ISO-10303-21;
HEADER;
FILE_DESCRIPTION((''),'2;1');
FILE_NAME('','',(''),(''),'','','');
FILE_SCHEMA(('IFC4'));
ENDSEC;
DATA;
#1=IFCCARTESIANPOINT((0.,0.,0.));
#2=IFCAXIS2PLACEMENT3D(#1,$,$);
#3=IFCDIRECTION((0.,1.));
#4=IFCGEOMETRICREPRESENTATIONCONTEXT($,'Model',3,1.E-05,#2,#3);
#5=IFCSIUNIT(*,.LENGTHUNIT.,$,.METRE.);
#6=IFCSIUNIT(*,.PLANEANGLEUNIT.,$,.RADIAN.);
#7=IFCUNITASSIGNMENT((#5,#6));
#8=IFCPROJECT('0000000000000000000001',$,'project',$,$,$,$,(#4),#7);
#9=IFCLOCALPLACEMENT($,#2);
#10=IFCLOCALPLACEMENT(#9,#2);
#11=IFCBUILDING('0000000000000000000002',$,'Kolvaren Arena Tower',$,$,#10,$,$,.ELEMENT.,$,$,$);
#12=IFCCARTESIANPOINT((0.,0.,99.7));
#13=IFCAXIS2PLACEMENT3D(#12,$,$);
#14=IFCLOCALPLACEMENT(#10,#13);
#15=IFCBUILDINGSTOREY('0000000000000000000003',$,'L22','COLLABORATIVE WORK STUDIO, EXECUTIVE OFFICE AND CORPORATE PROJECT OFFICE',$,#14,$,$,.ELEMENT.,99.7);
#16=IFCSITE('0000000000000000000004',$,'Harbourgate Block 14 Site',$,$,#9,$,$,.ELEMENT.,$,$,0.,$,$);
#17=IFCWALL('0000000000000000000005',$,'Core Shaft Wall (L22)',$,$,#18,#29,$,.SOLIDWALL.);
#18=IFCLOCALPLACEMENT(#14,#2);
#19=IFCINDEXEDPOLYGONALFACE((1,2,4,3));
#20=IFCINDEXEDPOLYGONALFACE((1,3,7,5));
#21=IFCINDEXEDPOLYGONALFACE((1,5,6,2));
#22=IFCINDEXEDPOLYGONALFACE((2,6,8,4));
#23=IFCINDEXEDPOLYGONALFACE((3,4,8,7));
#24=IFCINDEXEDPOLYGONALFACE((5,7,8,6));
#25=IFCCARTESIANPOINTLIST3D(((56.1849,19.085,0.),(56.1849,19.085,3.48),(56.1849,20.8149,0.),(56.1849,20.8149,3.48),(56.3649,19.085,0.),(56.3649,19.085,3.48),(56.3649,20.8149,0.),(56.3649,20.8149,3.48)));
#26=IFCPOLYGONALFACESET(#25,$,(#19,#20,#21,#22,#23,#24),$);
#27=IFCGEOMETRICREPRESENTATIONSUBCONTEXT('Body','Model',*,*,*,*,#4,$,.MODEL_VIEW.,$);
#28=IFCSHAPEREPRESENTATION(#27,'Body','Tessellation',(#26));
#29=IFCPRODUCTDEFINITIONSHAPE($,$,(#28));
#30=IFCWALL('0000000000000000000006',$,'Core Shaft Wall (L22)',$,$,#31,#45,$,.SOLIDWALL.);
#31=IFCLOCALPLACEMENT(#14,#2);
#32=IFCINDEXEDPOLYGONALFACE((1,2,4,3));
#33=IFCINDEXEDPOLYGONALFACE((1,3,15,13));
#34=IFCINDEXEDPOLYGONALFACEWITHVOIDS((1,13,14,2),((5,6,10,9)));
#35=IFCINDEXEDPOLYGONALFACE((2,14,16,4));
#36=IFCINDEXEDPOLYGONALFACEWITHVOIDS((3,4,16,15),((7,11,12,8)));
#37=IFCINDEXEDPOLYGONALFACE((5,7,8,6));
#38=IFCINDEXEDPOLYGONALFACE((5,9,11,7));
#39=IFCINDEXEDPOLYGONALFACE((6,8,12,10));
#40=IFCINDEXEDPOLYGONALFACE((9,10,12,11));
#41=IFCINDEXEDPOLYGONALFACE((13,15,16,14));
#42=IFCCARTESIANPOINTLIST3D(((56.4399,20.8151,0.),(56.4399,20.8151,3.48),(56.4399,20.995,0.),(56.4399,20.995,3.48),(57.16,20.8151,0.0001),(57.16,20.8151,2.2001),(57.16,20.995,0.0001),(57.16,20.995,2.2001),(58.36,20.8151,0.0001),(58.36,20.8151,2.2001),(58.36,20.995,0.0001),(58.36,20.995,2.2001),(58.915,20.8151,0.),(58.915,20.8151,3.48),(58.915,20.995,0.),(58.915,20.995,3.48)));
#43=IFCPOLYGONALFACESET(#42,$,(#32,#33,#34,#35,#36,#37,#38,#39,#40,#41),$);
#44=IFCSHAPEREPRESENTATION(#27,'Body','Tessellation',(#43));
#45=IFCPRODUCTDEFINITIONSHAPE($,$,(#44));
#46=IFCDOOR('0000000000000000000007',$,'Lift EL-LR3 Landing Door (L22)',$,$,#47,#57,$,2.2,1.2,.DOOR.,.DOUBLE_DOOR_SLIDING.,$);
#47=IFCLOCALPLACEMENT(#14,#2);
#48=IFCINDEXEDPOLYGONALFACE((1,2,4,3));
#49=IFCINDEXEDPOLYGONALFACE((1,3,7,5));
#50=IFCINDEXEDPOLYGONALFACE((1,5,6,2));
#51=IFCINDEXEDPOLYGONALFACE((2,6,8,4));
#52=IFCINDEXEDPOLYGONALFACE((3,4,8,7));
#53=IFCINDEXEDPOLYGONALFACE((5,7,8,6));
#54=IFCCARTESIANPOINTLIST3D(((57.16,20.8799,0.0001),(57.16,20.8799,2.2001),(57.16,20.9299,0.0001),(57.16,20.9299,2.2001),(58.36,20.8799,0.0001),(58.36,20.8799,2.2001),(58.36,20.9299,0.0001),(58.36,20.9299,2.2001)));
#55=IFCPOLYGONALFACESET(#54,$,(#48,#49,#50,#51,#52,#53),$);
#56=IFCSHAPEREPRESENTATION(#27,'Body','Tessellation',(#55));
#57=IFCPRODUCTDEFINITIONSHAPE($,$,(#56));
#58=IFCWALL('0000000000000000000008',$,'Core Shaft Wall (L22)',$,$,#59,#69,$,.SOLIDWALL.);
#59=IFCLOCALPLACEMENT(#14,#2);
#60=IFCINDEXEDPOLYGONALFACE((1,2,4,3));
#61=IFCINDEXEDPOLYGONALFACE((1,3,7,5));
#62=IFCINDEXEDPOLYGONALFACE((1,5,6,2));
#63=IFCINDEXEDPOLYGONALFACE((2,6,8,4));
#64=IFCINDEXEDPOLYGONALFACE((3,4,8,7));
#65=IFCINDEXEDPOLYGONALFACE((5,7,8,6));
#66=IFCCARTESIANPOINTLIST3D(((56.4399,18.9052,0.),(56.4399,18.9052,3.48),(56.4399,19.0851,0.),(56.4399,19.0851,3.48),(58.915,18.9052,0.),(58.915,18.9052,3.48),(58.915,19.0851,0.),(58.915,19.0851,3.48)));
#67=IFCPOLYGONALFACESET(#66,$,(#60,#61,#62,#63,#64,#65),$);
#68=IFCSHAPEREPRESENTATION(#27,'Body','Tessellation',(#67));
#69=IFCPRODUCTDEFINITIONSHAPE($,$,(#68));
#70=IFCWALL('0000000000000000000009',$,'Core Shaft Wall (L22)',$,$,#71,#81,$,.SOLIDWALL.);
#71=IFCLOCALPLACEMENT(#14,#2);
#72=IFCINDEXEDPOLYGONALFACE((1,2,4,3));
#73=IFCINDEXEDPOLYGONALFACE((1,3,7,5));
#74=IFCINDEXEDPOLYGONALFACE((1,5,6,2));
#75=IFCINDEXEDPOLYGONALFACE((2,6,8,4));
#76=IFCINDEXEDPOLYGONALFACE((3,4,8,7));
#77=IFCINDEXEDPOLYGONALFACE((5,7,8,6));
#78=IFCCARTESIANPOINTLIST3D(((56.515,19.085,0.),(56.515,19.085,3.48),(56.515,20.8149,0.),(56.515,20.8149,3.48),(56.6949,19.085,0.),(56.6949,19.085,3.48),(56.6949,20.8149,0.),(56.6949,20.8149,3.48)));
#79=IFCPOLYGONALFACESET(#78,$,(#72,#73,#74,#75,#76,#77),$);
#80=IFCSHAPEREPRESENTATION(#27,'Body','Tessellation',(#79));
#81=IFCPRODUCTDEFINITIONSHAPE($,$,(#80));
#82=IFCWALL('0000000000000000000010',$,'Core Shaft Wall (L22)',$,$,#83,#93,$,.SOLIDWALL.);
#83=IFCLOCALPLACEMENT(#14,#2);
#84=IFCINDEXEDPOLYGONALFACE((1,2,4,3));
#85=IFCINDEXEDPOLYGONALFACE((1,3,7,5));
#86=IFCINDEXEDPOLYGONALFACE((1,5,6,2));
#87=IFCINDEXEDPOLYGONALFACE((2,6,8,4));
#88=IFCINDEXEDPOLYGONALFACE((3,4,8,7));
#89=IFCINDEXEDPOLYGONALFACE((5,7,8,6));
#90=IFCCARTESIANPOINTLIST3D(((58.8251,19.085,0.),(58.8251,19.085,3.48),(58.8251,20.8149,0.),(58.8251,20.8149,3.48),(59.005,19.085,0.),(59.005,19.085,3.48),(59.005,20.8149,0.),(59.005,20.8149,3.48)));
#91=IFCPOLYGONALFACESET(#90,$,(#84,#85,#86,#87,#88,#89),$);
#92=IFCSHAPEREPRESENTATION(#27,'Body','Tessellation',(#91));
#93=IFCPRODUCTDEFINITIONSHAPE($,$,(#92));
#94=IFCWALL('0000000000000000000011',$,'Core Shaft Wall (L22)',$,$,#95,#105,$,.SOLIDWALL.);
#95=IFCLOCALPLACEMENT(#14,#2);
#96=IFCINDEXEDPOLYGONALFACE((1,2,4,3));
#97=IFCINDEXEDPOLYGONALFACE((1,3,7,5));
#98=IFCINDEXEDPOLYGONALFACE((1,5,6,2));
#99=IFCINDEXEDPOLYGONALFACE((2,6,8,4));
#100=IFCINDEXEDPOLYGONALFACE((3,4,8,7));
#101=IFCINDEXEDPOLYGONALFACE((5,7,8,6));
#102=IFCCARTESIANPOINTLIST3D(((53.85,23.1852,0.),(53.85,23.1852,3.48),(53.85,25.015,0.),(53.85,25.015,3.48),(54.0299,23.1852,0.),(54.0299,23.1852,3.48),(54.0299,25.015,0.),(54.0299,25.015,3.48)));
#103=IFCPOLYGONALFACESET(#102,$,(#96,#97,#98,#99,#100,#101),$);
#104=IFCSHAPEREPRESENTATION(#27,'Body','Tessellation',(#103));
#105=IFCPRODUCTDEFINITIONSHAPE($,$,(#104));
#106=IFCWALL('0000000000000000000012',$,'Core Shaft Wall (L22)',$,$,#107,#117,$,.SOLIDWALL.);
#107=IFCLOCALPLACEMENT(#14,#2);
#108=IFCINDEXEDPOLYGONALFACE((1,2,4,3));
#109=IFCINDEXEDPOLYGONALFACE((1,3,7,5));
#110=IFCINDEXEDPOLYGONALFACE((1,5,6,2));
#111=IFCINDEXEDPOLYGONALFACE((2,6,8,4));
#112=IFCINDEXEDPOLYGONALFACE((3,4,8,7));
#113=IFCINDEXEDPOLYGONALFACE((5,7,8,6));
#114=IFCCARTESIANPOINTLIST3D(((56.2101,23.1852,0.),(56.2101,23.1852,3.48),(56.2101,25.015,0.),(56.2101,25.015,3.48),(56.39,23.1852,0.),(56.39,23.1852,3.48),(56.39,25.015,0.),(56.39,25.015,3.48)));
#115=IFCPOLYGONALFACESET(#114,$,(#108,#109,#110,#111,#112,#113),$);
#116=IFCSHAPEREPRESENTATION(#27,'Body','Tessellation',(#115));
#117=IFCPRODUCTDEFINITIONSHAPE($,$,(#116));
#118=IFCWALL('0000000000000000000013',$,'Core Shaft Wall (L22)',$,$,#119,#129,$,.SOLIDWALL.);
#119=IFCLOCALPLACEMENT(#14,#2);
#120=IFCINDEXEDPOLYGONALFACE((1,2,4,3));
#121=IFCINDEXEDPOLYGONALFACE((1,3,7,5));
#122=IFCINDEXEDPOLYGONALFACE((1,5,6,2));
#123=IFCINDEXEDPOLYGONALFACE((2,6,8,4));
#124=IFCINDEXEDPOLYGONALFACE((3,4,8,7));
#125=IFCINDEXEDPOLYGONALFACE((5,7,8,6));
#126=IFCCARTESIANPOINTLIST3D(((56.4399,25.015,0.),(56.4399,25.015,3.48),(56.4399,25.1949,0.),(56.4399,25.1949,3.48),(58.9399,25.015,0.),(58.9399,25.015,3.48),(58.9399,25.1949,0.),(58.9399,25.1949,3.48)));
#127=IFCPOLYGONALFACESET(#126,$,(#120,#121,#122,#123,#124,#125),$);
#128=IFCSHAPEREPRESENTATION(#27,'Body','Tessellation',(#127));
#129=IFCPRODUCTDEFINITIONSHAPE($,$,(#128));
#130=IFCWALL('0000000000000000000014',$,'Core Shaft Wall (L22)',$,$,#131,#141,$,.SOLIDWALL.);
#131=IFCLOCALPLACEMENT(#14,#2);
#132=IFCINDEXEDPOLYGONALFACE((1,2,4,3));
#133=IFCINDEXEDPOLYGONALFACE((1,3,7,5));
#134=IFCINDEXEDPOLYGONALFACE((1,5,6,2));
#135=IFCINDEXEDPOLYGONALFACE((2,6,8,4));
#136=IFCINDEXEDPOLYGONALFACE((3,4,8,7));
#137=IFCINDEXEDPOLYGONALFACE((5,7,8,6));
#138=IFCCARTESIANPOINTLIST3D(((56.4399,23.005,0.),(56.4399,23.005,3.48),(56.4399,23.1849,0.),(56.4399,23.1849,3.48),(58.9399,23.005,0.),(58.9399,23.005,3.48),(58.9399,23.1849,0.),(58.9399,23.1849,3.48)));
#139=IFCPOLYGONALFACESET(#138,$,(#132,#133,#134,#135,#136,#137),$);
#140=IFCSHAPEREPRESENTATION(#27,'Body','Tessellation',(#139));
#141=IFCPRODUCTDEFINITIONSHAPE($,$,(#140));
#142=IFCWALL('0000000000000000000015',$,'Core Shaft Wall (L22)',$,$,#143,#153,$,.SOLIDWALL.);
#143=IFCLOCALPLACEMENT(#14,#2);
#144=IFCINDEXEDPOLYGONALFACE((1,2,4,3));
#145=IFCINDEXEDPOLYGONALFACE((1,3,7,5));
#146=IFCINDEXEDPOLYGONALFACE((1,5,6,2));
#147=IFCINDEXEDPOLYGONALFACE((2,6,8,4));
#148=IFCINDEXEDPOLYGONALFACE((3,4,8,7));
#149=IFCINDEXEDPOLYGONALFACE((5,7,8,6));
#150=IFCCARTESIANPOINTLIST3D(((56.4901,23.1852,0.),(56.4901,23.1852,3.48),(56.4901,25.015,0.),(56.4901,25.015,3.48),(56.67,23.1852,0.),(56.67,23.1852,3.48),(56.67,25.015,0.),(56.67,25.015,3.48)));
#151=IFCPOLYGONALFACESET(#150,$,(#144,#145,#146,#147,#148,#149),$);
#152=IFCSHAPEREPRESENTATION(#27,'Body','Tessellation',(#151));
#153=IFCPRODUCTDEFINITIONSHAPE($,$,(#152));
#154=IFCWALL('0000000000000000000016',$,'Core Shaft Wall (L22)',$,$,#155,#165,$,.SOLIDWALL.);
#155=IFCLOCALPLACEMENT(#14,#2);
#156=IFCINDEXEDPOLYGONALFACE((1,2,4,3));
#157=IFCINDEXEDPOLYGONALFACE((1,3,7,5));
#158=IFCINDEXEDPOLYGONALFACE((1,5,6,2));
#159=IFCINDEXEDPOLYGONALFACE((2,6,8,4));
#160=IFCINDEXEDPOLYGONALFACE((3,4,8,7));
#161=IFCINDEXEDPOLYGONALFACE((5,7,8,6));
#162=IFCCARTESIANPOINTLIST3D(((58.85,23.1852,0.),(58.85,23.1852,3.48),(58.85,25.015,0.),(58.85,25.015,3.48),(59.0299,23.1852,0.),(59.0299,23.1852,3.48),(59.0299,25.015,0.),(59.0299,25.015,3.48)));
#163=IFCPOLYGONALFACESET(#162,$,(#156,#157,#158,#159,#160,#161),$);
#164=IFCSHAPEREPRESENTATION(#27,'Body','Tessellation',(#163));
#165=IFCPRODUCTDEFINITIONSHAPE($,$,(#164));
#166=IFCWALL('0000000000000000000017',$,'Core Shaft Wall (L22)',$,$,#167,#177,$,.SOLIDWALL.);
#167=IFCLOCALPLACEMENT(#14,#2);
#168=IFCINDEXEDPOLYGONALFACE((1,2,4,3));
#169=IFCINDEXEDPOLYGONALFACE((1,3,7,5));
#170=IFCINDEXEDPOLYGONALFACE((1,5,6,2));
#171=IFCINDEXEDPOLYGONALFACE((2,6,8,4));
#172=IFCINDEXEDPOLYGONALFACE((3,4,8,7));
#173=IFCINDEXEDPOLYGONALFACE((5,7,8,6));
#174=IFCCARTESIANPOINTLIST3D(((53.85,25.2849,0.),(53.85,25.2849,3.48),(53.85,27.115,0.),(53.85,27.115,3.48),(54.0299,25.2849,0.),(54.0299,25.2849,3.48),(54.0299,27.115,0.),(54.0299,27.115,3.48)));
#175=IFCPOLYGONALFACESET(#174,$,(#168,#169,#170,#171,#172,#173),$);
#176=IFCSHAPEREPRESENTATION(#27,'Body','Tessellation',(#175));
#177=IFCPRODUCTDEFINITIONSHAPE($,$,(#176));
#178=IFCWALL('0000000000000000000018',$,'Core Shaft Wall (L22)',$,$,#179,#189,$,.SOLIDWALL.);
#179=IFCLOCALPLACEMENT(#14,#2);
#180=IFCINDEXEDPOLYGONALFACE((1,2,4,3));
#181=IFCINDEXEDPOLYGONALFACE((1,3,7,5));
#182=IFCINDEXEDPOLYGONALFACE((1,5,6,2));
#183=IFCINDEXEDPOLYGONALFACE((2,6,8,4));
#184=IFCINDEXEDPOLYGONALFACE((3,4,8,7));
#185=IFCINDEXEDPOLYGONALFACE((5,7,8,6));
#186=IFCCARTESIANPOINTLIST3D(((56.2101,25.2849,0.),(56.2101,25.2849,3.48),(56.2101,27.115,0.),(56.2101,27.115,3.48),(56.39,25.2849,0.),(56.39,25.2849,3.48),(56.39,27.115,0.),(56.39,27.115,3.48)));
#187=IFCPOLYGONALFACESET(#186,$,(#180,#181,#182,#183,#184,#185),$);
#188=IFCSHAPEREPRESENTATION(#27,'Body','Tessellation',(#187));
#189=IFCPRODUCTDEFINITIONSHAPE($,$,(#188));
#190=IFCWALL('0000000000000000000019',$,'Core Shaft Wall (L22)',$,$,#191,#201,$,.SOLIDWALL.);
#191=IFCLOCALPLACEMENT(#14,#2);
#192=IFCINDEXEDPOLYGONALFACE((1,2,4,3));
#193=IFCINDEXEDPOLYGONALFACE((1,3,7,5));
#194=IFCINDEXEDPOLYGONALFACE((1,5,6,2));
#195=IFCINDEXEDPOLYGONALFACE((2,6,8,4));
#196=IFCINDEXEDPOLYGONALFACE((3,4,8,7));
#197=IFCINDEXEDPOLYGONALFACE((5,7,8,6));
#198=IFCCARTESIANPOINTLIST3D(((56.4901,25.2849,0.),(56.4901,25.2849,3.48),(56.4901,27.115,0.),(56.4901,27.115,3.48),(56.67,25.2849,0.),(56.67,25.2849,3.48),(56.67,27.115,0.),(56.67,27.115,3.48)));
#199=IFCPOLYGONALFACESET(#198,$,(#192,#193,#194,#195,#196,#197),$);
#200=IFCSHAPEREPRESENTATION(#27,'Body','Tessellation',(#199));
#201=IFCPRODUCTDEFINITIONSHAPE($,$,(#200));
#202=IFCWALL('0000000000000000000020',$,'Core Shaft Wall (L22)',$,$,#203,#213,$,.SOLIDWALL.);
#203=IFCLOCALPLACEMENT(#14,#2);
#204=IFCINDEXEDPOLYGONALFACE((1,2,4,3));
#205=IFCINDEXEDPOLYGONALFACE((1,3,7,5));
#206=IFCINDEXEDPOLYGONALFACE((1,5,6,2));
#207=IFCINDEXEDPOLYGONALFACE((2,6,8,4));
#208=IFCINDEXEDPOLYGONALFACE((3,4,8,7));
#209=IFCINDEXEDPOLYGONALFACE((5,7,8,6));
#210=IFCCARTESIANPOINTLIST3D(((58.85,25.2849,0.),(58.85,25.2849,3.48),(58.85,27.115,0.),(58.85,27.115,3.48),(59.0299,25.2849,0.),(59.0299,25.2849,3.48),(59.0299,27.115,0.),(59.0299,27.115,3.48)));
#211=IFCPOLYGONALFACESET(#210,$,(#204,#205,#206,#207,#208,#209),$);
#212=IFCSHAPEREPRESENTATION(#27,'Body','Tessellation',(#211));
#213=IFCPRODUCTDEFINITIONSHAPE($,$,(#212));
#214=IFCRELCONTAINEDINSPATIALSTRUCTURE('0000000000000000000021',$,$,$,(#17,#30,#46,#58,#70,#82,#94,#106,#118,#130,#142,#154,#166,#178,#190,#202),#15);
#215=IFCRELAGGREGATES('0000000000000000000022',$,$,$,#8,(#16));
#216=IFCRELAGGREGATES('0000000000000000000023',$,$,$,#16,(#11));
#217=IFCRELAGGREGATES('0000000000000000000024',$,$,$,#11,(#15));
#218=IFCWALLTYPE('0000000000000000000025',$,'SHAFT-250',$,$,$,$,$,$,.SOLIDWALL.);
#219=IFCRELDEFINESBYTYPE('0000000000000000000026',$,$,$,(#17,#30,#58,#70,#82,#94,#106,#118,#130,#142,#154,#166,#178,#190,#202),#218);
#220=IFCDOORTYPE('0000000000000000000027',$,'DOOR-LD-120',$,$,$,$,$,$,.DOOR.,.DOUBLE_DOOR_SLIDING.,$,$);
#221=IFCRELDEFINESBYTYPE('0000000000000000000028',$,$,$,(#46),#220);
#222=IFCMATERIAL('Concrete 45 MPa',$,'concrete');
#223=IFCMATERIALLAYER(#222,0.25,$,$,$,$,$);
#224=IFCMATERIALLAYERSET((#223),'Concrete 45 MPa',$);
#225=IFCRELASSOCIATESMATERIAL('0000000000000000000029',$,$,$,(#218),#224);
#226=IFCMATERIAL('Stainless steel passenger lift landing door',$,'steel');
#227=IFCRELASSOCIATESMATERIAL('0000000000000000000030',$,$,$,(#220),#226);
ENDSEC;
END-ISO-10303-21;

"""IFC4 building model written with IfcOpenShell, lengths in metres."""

from ifc_helpers import new_model, si_unit, direction, frame, frame_2d, origin, place, context, subcontext, project, spatial, rectangle, extrude, material, layer, layer_set, type_object, element, fill, save


model = new_model("IFC4")

# Units and contexts
model_context = context("Model", 3, precision=1e-05, world=origin(), true_north=direction((0.0, 1.0)))
body_context = subcontext(model_context, "Body", "Model", "MODEL_VIEW")
ifc_project = project(units=[si_unit("LENGTHUNIT", "METRE"), si_unit("PLANEANGLEUNIT", "RADIAN")], contexts=[model_context])

# Site, building, storey
site_placement = place(None, origin())
site = spatial("IfcSite", under=ifc_project, at=site_placement, Name="Harbourgate Block 14 Site", CompositionType="ELEMENT", RefElevation=0.0)
building_placement = place(site_placement, origin())
building = spatial("IfcBuilding", under=site, at=building_placement, Name="Kolvaren Arena Tower", CompositionType="ELEMENT")
storey_placement = place(building_placement, frame((0.0, 0.0, 99.7)))
storey = spatial("IfcBuildingStorey", under=building, at=storey_placement, Name="L22", Description="COLLABORATIVE WORK STUDIO, EXECUTIVE OFFICE AND CORPORATE PROJECT OFFICE", CompositionType="ELEMENT", Elevation=99.7)

# Shared definitions
ifc_material_1 = material(Name="Concrete 45 MPa", Category="concrete")
ifc_layer_1 = layer(ifc_material_1, 0.25)
ifc_layer_set_1 = layer_set([ifc_layer_1], Name="Concrete 45 MPa")
wall_type_1 = type_object("IfcWallType", Name="SHAFT-250", PredefinedType="SOLIDWALL", material=ifc_layer_set_1)
ifc_material_2 = material(Name="Stainless steel passenger lift landing door", Category="steel")
door_type = type_object("IfcDoorType", Name="DOOR-LD-120", OperationType="DOUBLE_DOOR_SLIDING", PredefinedType="DOOR", material=ifc_material_2)

# Wall
for number, where, z_axis, x_axis, name in (
    (1, (56.2749, 19.085, 0.0), (0.0, 0.0, 1.0), (0.0, 1.0, 0.0), "Core Shaft Wall (L22)"),
):
    element("IfcWall", number, at=place(storey_placement, frame(where, z_axis=z_axis, x_axis=x_axis)), inside=storey, type_object=wall_type_1, Name=name, PredefinedType="SOLIDWALL", context=body_context, shape_type="SweptSolid", body=[
        extrude(rectangle(XDim=1.73, YDim=0.1799, at=frame_2d((0.865, 0.0))), origin(), (0.0, 0.0, 1.0), 3.48),
    ])

# Wall, opening, door
wall_1_placement = place(storey_placement, frame((56.4399, 20.905, 0.0), z_axis=(0.0, 0.0, 1.0), x_axis=(1.0, 0.0, 0.0)))
wall_1 = element("IfcWall", 2, at=wall_1_placement, inside=storey, type_object=wall_type_1, Name="Core Shaft Wall (L22)", PredefinedType="SOLIDWALL", context=body_context, shape_type="SweptSolid", body=[
    extrude(rectangle(XDim=2.4751, YDim=0.1799, at=frame_2d((1.2375, 0.0))), origin(), (0.0, 0.0, 1.0), 3.48),
])
opening_1_placement = place(wall_1_placement, frame((0.72, 0.0, 0.0)))
opening_1 = element("IfcOpeningElement", 3, at=opening_1_placement, cuts=wall_1, PredefinedType="OPENING", context=body_context, shape_type="SweptSolid", body=[
    extrude(rectangle(XDim=1.2, YDim=2.2, at=frame_2d((0.6001, 1.1001))), frame((0.0, 0.0999, 0.0), z_axis=(0.0, -1.0, 0.0), x_axis=(1.0, 0.0, 0.0)), (0.0, 0.0, 1.0), 0.2),
])
door_1_placement = place(opening_1_placement, origin())
door_1 = element("IfcDoor", 4, at=door_1_placement, inside=storey, type_object=door_type, Name="Lift EL-LR3 Landing Door (L22)", OperationType="DOUBLE_DOOR_SLIDING", OverallHeight=2.2, OverallWidth=1.2, PredefinedType="DOOR", context=body_context, shape_type="SweptSolid", body=[
    extrude(rectangle(XDim=1.2, YDim=2.2, at=frame_2d((0.6001, 1.1001))), frame((0.0, 0.0249, 0.0), z_axis=(0.0, -1.0, 0.0), x_axis=(1.0, 0.0, 0.0)), (0.0, 0.0, 1.0), 0.05),
])
fill(opening_1, door_1)

# Walls
wall_2_placement = place(storey_placement, frame((56.4399, 18.9951, 0.0), z_axis=(0.0, 0.0, 1.0), x_axis=(1.0, 0.0, 0.0)))
element("IfcWall", 5, at=wall_2_placement, inside=storey, type_object=wall_type_1, Name="Core Shaft Wall (L22)", PredefinedType="SOLIDWALL", context=body_context, shape_type="SweptSolid", body=[
    extrude(rectangle(XDim=2.4751, YDim=0.1799, at=frame_2d((1.2375, 0.0))), origin(), (0.0, 0.0, 1.0), 3.48),
])
for number, where, z_axis, x_axis, name in (
    (6, (56.605, 19.085, 0.0), (0.0, 0.0, 1.0), (0.0, 1.0, 0.0), "Core Shaft Wall (L22)"),
    (7, (58.915, 19.085, 0.0), (0.0, 0.0, 1.0), (0.0, 1.0, 0.0), "Core Shaft Wall (L22)"),
):
    element("IfcWall", number, at=place(storey_placement, frame(where, z_axis=z_axis, x_axis=x_axis)), inside=storey, type_object=wall_type_1, Name=name, PredefinedType="SOLIDWALL", context=body_context, shape_type="SweptSolid", body=[
        extrude(rectangle(XDim=1.73, YDim=0.1799, at=frame_2d((0.865, 0.0))), origin(), (0.0, 0.0, 1.0), 3.48),
    ])
for number, where, z_axis, x_axis, name in (
    (8, (53.9399, 23.1851, 0.0), (0.0, 0.0, 1.0), (0.0, 1.0, 0.0), "Core Shaft Wall (L22)"),
    (9, (56.3, 23.1851, 0.0), (0.0, 0.0, 1.0), (0.0, 1.0, 0.0), "Core Shaft Wall (L22)"),
):
    element("IfcWall", number, at=place(storey_placement, frame(where, z_axis=z_axis, x_axis=x_axis)), inside=storey, type_object=wall_type_1, Name=name, PredefinedType="SOLIDWALL", context=body_context, shape_type="SweptSolid", body=[
        extrude(rectangle(XDim=1.8298, YDim=0.1799, at=frame_2d((0.915, 0.0))), origin(), (0.0, 0.0, 1.0), 3.48),
    ])
for number, where, z_axis, x_axis, name in (
    (10, (56.4399, 25.105, 0.0), (0.0, 0.0, 1.0), (1.0, 0.0, 0.0), "Core Shaft Wall (L22)"),
    (11, (56.4399, 23.095, 0.0), (0.0, 0.0, 1.0), (1.0, 0.0, 0.0), "Core Shaft Wall (L22)"),
):
    element("IfcWall", number, at=place(storey_placement, frame(where, z_axis=z_axis, x_axis=x_axis)), inside=storey, type_object=wall_type_1, Name=name, PredefinedType="SOLIDWALL", context=body_context, shape_type="SweptSolid", body=[
        extrude(rectangle(XDim=2.5, YDim=0.1799, at=frame_2d((1.25, 0.0))), origin(), (0.0, 0.0, 1.0), 3.48),
    ])
for number, where, z_axis, x_axis, name in (
    (12, (56.5801, 23.1851, 0.0), (0.0, 0.0, 1.0), (0.0, 1.0, 0.0), "Core Shaft Wall (L22)"),
    (13, (58.9399, 23.1851, 0.0), (0.0, 0.0, 1.0), (0.0, 1.0, 0.0), "Core Shaft Wall (L22)"),
):
    element("IfcWall", number, at=place(storey_placement, frame(where, z_axis=z_axis, x_axis=x_axis)), inside=storey, type_object=wall_type_1, Name=name, PredefinedType="SOLIDWALL", context=body_context, shape_type="SweptSolid", body=[
        extrude(rectangle(XDim=1.8298, YDim=0.1799, at=frame_2d((0.915, 0.0))), origin(), (0.0, 0.0, 1.0), 3.48),
    ])
for number, where, z_axis, x_axis, name in (
    (14, (53.9399, 25.2849, 0.0), (0.0, 0.0, 1.0), (0.0, 1.0, 0.0), "Core Shaft Wall (L22)"),
    (15, (56.3, 25.2849, 0.0), (0.0, 0.0, 1.0), (0.0, 1.0, 0.0), "Core Shaft Wall (L22)"),
    (16, (56.5801, 25.2849, 0.0), (0.0, 0.0, 1.0), (0.0, 1.0, 0.0), "Core Shaft Wall (L22)"),
    (17, (58.9399, 25.2849, 0.0), (0.0, 0.0, 1.0), (0.0, 1.0, 0.0), "Core Shaft Wall (L22)"),
):
    element("IfcWall", number, at=place(storey_placement, frame(where, z_axis=z_axis, x_axis=x_axis)), inside=storey, type_object=wall_type_1, Name=name, PredefinedType="SOLIDWALL", context=body_context, shape_type="SweptSolid", body=[
        extrude(rectangle(XDim=1.8301, YDim=0.1799, at=frame_2d((0.915, 0.0))), origin(), (0.0, 0.0, 1.0), 3.48),
    ])

save(model, "model.ifc")
